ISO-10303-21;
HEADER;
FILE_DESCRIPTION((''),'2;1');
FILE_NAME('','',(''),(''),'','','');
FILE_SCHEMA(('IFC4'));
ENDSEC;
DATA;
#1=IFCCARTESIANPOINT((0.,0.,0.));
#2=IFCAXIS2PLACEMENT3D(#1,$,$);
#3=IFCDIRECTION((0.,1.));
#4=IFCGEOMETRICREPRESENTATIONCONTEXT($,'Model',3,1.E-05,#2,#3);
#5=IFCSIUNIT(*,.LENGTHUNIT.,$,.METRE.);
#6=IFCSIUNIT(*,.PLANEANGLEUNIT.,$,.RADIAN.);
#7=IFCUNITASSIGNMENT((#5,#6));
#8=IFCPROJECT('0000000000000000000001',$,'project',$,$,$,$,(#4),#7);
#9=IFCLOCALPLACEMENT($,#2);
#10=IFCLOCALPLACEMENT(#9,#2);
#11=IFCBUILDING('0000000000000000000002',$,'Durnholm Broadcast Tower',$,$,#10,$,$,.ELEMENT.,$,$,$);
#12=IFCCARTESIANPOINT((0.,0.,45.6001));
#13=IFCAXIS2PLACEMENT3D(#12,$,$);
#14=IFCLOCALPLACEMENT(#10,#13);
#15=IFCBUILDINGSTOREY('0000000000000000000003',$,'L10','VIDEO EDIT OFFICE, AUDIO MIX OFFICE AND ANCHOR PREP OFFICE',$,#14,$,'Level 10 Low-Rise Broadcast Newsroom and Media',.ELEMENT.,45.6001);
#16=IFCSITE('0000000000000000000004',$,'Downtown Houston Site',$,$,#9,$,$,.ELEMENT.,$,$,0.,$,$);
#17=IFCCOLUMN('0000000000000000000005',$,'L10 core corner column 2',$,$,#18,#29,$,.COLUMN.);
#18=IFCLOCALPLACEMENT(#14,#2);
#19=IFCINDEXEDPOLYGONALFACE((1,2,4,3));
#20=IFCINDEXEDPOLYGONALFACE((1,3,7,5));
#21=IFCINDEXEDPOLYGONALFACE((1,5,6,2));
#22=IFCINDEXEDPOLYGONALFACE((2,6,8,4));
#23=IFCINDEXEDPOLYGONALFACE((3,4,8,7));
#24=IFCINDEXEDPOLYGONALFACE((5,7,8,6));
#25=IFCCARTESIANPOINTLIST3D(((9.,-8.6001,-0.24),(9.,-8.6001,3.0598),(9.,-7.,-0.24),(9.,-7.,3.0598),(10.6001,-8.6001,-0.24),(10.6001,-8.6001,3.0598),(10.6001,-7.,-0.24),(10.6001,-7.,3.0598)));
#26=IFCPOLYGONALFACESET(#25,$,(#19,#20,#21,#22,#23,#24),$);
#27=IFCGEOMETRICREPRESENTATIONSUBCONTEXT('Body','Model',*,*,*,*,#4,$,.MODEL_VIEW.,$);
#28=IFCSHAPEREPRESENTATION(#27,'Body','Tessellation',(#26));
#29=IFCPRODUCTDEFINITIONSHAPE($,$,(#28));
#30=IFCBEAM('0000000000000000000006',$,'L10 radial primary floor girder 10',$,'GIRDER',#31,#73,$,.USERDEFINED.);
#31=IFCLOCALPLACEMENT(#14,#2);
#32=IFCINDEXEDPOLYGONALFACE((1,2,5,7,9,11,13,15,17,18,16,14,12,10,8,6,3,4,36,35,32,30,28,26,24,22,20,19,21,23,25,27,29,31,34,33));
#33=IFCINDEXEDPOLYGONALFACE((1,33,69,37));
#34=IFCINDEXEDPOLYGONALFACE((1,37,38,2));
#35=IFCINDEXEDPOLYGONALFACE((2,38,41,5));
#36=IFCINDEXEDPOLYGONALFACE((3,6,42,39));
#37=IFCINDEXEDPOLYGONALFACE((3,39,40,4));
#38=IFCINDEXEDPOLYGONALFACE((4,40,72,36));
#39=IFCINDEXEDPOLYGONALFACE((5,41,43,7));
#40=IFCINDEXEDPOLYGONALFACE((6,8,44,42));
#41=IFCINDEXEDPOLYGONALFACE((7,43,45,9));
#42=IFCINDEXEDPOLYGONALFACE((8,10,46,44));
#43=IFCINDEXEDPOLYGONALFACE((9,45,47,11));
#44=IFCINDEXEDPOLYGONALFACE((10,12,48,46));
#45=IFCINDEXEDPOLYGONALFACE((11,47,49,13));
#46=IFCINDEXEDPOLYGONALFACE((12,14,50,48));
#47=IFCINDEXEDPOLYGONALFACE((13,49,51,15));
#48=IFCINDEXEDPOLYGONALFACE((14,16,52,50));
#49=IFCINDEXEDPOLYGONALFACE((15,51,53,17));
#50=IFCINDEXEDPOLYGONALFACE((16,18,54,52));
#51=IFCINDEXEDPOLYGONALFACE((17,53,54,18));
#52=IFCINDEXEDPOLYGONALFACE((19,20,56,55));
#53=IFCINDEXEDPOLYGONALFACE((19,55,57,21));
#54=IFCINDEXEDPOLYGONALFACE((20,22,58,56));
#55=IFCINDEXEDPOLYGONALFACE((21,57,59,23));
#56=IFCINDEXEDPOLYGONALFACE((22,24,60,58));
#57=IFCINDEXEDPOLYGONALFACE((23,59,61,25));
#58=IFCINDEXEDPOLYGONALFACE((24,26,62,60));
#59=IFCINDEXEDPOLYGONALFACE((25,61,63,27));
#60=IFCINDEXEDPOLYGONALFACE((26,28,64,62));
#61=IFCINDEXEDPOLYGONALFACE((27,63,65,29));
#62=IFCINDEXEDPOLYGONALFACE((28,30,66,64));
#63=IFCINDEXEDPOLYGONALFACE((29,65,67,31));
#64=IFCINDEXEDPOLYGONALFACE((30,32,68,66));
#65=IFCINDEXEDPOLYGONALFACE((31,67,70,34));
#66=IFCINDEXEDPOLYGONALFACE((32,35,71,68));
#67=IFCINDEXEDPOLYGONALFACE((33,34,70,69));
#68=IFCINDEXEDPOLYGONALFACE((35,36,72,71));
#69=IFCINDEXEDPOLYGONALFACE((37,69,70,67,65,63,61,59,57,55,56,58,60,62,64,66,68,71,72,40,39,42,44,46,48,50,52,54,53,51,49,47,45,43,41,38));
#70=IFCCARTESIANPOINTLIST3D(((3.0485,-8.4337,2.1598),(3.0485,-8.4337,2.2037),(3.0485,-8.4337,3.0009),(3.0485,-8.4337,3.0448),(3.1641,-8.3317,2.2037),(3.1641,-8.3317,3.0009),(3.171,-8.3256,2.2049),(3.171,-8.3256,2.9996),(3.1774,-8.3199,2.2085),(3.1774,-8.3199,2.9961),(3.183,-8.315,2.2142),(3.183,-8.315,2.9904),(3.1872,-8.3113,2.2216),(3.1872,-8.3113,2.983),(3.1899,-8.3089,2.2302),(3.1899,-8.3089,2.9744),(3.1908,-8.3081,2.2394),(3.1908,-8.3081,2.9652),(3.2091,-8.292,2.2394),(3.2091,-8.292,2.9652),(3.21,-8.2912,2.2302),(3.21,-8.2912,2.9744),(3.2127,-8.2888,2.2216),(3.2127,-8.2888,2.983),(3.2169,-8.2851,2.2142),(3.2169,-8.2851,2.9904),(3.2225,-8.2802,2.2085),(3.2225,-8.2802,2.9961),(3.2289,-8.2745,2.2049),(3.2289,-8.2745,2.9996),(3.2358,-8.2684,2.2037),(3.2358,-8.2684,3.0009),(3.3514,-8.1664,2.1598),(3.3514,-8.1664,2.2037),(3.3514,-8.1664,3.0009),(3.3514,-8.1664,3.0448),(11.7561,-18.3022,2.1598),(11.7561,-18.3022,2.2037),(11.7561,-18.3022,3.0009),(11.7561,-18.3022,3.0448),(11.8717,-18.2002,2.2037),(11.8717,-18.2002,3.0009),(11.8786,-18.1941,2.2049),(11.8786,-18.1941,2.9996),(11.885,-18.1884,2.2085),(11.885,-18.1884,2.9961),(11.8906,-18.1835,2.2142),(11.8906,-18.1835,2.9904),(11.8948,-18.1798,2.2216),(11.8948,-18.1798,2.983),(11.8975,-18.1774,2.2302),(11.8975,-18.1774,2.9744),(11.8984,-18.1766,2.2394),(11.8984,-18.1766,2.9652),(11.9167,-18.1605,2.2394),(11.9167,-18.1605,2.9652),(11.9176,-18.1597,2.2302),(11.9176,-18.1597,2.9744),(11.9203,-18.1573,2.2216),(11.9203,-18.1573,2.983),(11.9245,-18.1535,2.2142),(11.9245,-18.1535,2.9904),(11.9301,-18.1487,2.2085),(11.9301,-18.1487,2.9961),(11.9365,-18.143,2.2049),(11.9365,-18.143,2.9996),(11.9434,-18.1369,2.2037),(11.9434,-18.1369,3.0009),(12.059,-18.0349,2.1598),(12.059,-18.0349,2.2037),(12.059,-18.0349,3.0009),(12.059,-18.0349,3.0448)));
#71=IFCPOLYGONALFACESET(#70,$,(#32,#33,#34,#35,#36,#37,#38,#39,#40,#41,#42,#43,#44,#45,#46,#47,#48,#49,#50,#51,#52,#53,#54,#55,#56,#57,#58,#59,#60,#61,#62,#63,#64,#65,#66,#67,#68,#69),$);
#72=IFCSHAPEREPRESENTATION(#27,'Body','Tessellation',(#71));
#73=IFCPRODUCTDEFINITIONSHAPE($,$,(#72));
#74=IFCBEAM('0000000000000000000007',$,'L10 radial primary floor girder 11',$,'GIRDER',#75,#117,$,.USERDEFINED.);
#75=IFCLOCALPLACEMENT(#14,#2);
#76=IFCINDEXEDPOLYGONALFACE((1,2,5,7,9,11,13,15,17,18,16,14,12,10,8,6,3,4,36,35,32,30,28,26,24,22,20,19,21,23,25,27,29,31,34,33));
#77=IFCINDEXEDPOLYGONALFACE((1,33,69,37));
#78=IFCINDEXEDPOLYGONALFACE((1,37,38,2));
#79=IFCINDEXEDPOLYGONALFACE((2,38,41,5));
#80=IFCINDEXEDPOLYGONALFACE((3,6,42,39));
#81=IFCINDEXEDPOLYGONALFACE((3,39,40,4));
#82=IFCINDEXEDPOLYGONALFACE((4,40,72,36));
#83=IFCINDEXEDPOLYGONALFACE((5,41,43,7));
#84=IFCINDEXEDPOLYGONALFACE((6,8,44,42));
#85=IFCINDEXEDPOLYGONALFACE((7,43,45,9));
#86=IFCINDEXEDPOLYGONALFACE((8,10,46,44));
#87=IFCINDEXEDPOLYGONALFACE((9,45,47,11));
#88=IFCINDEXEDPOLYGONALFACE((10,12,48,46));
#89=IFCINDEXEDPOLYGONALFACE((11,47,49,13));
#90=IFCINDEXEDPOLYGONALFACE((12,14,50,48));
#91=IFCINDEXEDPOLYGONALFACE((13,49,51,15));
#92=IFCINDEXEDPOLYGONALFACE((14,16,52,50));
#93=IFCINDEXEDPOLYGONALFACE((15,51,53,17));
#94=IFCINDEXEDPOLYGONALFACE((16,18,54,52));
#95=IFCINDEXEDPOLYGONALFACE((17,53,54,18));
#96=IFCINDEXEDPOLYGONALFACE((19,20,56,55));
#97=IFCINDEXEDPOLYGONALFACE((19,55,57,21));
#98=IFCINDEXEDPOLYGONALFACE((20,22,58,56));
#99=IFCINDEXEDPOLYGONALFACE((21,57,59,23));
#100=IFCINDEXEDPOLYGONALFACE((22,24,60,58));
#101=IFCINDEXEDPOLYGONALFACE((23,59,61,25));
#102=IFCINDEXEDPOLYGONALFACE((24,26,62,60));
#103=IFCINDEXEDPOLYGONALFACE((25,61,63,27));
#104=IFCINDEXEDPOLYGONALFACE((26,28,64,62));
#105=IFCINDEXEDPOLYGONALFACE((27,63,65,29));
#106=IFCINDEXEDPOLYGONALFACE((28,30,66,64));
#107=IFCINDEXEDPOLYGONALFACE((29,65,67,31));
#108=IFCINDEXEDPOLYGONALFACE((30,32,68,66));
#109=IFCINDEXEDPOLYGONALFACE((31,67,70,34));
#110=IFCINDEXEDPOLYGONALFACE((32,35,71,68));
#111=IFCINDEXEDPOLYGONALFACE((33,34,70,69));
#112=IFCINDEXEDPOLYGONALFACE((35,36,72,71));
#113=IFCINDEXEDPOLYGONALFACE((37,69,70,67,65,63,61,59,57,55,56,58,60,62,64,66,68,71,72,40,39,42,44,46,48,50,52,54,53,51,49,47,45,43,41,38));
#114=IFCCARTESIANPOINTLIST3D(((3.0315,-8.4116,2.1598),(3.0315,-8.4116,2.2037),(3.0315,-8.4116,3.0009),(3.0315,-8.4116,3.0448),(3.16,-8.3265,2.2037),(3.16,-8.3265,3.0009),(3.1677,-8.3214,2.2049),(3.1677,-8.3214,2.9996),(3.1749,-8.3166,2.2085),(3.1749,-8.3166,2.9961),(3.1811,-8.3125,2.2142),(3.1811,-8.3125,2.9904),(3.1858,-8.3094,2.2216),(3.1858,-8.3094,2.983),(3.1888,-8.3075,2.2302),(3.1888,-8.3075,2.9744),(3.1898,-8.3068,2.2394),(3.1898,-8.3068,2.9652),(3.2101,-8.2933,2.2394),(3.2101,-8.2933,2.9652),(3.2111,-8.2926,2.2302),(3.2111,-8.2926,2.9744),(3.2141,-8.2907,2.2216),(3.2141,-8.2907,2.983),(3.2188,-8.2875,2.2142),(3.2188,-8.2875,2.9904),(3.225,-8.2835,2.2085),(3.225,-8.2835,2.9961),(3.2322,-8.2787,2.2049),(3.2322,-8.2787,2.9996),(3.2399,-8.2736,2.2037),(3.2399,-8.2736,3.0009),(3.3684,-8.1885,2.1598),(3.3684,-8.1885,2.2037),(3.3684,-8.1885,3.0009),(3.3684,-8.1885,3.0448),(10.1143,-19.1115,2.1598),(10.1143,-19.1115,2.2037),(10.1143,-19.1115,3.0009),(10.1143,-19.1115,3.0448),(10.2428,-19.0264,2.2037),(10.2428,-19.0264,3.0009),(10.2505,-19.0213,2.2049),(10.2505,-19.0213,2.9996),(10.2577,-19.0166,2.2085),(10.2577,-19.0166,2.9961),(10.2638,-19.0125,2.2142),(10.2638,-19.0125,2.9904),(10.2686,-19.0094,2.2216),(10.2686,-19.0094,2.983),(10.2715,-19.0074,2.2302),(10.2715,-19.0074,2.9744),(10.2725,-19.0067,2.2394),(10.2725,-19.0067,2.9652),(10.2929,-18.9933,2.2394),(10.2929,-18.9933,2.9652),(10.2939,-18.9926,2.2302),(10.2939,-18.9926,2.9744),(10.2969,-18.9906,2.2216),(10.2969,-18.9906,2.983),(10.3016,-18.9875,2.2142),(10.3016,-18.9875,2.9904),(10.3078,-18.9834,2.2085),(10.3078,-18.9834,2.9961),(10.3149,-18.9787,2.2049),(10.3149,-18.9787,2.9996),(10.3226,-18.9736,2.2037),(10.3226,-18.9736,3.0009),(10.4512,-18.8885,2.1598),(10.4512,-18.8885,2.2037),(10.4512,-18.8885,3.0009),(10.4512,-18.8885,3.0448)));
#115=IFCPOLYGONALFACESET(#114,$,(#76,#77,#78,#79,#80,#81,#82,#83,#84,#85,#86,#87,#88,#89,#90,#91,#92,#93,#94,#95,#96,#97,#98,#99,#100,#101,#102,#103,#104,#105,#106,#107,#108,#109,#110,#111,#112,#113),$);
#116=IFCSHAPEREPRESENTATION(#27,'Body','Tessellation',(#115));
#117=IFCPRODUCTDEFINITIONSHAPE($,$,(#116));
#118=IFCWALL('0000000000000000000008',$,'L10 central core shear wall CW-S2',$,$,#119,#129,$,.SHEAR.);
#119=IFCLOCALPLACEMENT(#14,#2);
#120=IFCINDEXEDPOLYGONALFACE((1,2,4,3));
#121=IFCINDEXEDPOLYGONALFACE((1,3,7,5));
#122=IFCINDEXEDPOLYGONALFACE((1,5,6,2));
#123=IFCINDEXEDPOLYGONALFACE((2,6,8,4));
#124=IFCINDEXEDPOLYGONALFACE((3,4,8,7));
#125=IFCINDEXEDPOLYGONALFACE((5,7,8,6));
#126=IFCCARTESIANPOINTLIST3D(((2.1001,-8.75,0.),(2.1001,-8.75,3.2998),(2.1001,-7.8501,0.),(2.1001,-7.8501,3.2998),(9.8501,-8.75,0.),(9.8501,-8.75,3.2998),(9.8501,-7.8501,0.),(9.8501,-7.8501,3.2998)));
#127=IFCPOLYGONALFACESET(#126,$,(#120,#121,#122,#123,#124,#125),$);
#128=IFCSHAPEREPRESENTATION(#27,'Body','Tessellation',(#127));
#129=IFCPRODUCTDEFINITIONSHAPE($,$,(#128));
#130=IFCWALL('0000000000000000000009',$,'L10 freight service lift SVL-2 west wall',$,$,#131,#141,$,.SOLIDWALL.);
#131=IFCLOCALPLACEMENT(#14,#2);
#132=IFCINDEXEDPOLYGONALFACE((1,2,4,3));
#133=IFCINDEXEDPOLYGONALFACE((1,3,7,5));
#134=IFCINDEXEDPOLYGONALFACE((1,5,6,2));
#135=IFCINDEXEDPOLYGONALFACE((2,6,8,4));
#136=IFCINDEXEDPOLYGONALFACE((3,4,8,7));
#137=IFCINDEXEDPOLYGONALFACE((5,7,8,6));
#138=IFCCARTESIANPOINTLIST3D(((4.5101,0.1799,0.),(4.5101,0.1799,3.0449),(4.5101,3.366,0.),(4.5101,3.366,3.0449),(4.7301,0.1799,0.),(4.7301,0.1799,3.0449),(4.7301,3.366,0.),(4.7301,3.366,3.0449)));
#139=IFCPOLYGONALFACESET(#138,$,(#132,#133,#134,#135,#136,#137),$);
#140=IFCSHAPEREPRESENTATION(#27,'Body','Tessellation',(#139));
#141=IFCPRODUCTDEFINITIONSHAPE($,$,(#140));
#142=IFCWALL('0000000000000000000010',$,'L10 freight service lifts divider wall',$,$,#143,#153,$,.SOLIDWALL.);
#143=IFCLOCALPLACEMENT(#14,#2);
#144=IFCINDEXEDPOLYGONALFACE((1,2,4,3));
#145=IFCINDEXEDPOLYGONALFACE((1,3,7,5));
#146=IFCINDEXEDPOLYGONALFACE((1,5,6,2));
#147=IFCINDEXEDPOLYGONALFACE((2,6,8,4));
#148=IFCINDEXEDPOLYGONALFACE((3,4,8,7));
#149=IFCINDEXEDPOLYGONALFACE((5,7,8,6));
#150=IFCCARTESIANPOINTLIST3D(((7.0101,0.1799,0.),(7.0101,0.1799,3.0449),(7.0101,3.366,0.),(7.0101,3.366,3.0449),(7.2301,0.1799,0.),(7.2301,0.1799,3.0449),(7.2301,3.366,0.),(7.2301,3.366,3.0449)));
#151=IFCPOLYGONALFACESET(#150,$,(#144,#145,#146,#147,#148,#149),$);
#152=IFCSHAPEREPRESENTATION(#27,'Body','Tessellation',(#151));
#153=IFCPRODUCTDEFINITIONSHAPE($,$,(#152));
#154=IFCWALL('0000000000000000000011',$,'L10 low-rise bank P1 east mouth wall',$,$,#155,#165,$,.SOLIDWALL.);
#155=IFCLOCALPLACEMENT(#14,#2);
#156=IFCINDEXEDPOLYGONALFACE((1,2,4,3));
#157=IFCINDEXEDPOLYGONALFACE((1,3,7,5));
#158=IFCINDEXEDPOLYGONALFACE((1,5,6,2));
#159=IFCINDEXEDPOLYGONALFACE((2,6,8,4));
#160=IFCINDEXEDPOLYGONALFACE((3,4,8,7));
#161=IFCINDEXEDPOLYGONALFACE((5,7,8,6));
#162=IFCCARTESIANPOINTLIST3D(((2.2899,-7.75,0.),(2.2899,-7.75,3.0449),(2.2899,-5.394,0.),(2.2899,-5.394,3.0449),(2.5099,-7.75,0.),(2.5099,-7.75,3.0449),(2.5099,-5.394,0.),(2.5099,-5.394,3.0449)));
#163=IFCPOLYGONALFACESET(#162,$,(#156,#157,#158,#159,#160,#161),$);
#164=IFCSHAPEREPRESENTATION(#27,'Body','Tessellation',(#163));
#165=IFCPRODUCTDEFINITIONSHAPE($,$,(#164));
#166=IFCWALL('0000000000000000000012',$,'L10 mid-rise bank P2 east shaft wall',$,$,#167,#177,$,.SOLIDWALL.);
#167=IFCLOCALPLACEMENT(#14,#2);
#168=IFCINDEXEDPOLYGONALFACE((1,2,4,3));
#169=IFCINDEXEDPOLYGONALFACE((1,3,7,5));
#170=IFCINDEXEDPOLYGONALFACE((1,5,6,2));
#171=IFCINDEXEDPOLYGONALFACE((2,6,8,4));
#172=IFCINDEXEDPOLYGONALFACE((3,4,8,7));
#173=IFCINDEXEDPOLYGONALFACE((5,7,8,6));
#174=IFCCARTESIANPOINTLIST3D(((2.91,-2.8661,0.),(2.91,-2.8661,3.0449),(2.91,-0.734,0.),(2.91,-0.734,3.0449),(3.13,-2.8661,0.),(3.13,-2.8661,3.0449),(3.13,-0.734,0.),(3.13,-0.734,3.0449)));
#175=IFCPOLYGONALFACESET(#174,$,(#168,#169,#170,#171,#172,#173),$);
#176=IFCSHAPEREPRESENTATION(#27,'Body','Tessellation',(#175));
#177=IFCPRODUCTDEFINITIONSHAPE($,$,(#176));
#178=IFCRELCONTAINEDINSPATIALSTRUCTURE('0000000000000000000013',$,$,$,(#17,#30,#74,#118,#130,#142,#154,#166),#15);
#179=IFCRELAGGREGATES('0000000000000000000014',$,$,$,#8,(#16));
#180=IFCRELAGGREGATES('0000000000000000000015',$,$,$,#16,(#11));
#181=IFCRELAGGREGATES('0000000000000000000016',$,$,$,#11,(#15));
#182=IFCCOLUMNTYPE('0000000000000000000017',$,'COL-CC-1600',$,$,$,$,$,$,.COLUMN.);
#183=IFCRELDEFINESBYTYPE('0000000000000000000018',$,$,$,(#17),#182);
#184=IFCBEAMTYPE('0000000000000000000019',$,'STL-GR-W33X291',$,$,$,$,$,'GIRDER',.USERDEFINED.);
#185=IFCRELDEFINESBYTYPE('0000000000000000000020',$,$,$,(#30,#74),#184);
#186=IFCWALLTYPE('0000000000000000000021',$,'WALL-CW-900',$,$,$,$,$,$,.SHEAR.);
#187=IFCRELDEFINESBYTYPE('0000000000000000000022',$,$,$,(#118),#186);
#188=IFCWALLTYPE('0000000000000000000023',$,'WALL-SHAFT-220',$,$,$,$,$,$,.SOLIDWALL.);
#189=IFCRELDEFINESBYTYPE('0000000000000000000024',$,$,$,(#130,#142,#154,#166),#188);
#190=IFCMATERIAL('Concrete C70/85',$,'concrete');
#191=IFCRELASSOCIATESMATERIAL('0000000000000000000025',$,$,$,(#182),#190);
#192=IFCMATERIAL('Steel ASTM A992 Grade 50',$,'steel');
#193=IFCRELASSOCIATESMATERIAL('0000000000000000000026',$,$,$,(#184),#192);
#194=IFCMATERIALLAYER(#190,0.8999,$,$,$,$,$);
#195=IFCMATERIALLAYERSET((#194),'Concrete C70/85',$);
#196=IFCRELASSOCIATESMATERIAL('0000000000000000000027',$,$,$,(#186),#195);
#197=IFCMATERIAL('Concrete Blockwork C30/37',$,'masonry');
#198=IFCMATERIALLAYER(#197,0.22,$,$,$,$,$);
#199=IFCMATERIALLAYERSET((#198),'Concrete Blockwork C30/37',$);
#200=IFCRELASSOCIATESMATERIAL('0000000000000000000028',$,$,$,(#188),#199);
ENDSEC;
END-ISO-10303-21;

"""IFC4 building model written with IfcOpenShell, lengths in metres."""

from ifc_helpers import new_model, si_unit, direction, frame, frame_2d, origin, origin_2d, place, context, subcontext, project, spatial, rectangle, i_section, extrude, source, transform, mapped, material, layer, layer_set, material_profile, profile_set, type_object, type_shapes, element, save


model = new_model("IFC4")

# Units and contexts
model_context = context("Model", 3, precision=1e-05, world=origin(), true_north=direction((0.0, 1.0)))
body_context = subcontext(model_context, "Body", "Model", "MODEL_VIEW")
ifc_project = project(units=[si_unit("LENGTHUNIT", "METRE"), si_unit("PLANEANGLEUNIT", "RADIAN")], contexts=[model_context])

# Site, building, storey
site_placement = place(None, origin())
site = spatial("IfcSite", under=ifc_project, at=site_placement, Name="Downtown Houston Site", CompositionType="ELEMENT", RefElevation=0.0)
building_placement = place(site_placement, origin())
building = spatial("IfcBuilding", under=site, at=building_placement, Name="Durnholm Broadcast Tower", CompositionType="ELEMENT")
storey_placement = place(building_placement, frame((0.0, 0.0, 45.6001)))
storey = spatial("IfcBuildingStorey", under=building, at=storey_placement, Name="L10", Description="VIDEO EDIT OFFICE, AUDIO MIX OFFICE AND ANCHOR PREP OFFICE", LongName="Level 10 Low-Rise Broadcast Newsroom and Media", CompositionType="ELEMENT", Elevation=45.6001)

# Column
ifc_material_1 = material(Name="Concrete C70/85", Category="concrete")
ifc_material_profile_1 = material_profile(ifc_material_1, rectangle(XDim=1.6001, YDim=1.6001, at=origin_2d()), Name="RC1600X1600")
ifc_profile_set_1 = profile_set([ifc_material_profile_1], Name="Concrete C70/85")
column_type = type_object("IfcColumnType", Name="COL-CC-1600", PredefinedType="COLUMN", material=ifc_profile_set_1)
shared_shape_1 = source(origin(), body_context, "Body", "SweptSolid", [
    extrude(rectangle(XDim=1.6001, YDim=1.6001, at=origin_2d()), origin(), (0.0, 0.0, 1.0), 3.2998),
])
type_shapes(column_type, [shared_shape_1])
column_placement = place(storey_placement, frame((9.8, -7.8, -0.24), z_axis=(0.0, 0.0, 1.0), x_axis=(1.0, 0.0, 0.0)))
element("IfcColumn", 1, at=column_placement, inside=storey, type_object=column_type, Name="L10 core corner column 2", PredefinedType="COLUMN", context=body_context, shape_type="MappedRepresentation", body=[
    mapped(shared_shape_1, transform((0.0, 0.0, 0.0), x_axis=(1.0, 0.0, 0.0), y_axis=(0.0, 1.0, 0.0), z_axis=(0.0, 0.0, 1.0), scale=1.0)),
])

# Beams
ifc_material_2 = material(Name="Steel ASTM A992 Grade 50", Category="steel")
ifc_material_profile_2 = material_profile(ifc_material_2, i_section(OverallWidth=0.4041, OverallDepth=0.885, WebThickness=0.0244, FlangeThickness=0.0439, FilletRadius=0.0356, at=origin_2d()), Name="W33X291")
ifc_profile_set_2 = profile_set([ifc_material_profile_2], Name="Steel ASTM A992 Grade 50")
beam_type = type_object("IfcBeamType", Name="STL-GR-W33X291", ElementType="GIRDER", PredefinedType="USERDEFINED", material=ifc_profile_set_2)
shared_shape_2 = source(origin(), body_context, "Body", "SweptSolid", [
    extrude(i_section(OverallWidth=0.4041, OverallDepth=0.885, WebThickness=0.0244, FlangeThickness=0.0439, FilletRadius=0.0356, at=origin_2d()), origin(), (0.0, 0.0, 1.0), 13.1609),
])
beam_1_placement = place(storey_placement, frame((3.2, -8.3, 2.6023), z_axis=(0.661626, -0.749834, 0.0), x_axis=(0.749834, 0.661626, 0.0)))
element("IfcBeam", 2, at=beam_1_placement, inside=storey, type_object=beam_type, Name="L10 radial primary floor girder 10", ObjectType="GIRDER", PredefinedType="USERDEFINED", context=body_context, shape_type="MappedRepresentation", body=[
    mapped(shared_shape_2, transform((0.0, 0.0, 0.0), x_axis=(1.0, 0.0, 0.0), y_axis=(0.0, 1.0, 0.0), z_axis=(0.0, 0.0, 1.0), scale=1.0)),
])
shared_shape_3 = source(origin(), body_context, "Body", "SweptSolid", [
    extrude(i_section(OverallWidth=0.4041, OverallDepth=0.885, WebThickness=0.0244, FlangeThickness=0.0439, FilletRadius=0.0356, at=origin_2d()), origin(), (0.0, 0.0, 1.0), 12.8318),
])
type_shapes(beam_type, [shared_shape_2, shared_shape_3])
beam_2_placement = place(storey_placement, frame((3.2, -8.3, 2.6023), z_axis=(0.551971, -0.833864, 0.0), x_axis=(0.833864, 0.551971, 0.0)))
element("IfcBeam", 3, at=beam_2_placement, inside=storey, type_object=beam_type, Name="L10 radial primary floor girder 11", ObjectType="GIRDER", PredefinedType="USERDEFINED", context=body_context, shape_type="MappedRepresentation", body=[
    mapped(shared_shape_3, transform((0.0, 0.0, 0.0), x_axis=(1.0, 0.0, 0.0), y_axis=(0.0, 1.0, 0.0), z_axis=(0.0, 0.0, 1.0), scale=1.0)),
])

# Walls
ifc_layer_1 = layer(ifc_material_1, 0.8999)
ifc_layer_set_1 = layer_set([ifc_layer_1], Name="Concrete C70/85")
wall_type_1 = type_object("IfcWallType", Name="WALL-CW-900", PredefinedType="SHEAR", material=ifc_layer_set_1)
wall_1_placement = place(storey_placement, frame((2.1001, -8.3, 0.0), z_axis=(0.0, 0.0, 1.0), x_axis=(1.0, 0.0, 0.0)))
element("IfcWall", 4, at=wall_1_placement, inside=storey, type_object=wall_type_1, Name="L10 central core shear wall CW-S2", PredefinedType="SHEAR", context=body_context, shape_type="SweptSolid", body=[
    extrude(rectangle(XDim=7.75, YDim=0.8999, at=frame_2d((3.875, 0.0))), origin(), (0.0, 0.0, 1.0), 3.2998),
])
ifc_material_3 = material(Name="Concrete Blockwork C30/37", Category="masonry")
ifc_layer_2 = layer(ifc_material_3, 0.22)
ifc_layer_set_2 = layer_set([ifc_layer_2], Name="Concrete Blockwork C30/37")
wall_type_2 = type_object("IfcWallType", Name="WALL-SHAFT-220", PredefinedType="SOLIDWALL", material=ifc_layer_set_2)
for number, where, z_axis, x_axis, name in (
    (5, (4.6201, 0.1799, 0.0), (0.0, 0.0, 1.0), (0.0, 1.0, 0.0), "L10 freight service lift SVL-2 west wall"),
    (6, (7.1201, 0.1799, 0.0), (0.0, 0.0, 1.0), (0.0, 1.0, 0.0), "L10 freight service lifts divider wall"),
):
    element("IfcWall", number, at=place(storey_placement, frame(where, z_axis=z_axis, x_axis=x_axis)), inside=storey, type_object=wall_type_2, Name=name, PredefinedType="SOLIDWALL", context=body_context, shape_type="SweptSolid", body=[
        extrude(rectangle(XDim=3.186, YDim=0.22, at=frame_2d((1.593, 0.0))), origin(), (0.0, 0.0, 1.0), 3.0449),
    ])

# Walls
wall_2_placement = place(storey_placement, frame((2.3999, -7.75, 0.0), z_axis=(0.0, 0.0, 1.0), x_axis=(0.0, 1.0, 0.0)))
element("IfcWall", 7, at=wall_2_placement, inside=storey, type_object=wall_type_2, Name="L10 low-rise bank P1 east mouth wall", PredefinedType="SOLIDWALL", context=body_context, shape_type="SweptSolid", body=[
    extrude(rectangle(XDim=2.356, YDim=0.22, at=frame_2d((1.178, 0.0))), origin(), (0.0, 0.0, 1.0), 3.0449),
])
wall_3_placement = place(storey_placement, frame((3.02, -2.866, 0.0), z_axis=(0.0, 0.0, 1.0), x_axis=(0.0, 1.0, 0.0)))
element("IfcWall", 8, at=wall_3_placement, inside=storey, type_object=wall_type_2, Name="L10 mid-rise bank P2 east shaft wall", PredefinedType="SOLIDWALL", context=body_context, shape_type="SweptSolid", body=[
    extrude(rectangle(XDim=2.1321, YDim=0.22, at=frame_2d((1.0659, 0.0))), origin(), (0.0, 0.0, 1.0), 3.0449),
])

save(model, "model.ifc")
